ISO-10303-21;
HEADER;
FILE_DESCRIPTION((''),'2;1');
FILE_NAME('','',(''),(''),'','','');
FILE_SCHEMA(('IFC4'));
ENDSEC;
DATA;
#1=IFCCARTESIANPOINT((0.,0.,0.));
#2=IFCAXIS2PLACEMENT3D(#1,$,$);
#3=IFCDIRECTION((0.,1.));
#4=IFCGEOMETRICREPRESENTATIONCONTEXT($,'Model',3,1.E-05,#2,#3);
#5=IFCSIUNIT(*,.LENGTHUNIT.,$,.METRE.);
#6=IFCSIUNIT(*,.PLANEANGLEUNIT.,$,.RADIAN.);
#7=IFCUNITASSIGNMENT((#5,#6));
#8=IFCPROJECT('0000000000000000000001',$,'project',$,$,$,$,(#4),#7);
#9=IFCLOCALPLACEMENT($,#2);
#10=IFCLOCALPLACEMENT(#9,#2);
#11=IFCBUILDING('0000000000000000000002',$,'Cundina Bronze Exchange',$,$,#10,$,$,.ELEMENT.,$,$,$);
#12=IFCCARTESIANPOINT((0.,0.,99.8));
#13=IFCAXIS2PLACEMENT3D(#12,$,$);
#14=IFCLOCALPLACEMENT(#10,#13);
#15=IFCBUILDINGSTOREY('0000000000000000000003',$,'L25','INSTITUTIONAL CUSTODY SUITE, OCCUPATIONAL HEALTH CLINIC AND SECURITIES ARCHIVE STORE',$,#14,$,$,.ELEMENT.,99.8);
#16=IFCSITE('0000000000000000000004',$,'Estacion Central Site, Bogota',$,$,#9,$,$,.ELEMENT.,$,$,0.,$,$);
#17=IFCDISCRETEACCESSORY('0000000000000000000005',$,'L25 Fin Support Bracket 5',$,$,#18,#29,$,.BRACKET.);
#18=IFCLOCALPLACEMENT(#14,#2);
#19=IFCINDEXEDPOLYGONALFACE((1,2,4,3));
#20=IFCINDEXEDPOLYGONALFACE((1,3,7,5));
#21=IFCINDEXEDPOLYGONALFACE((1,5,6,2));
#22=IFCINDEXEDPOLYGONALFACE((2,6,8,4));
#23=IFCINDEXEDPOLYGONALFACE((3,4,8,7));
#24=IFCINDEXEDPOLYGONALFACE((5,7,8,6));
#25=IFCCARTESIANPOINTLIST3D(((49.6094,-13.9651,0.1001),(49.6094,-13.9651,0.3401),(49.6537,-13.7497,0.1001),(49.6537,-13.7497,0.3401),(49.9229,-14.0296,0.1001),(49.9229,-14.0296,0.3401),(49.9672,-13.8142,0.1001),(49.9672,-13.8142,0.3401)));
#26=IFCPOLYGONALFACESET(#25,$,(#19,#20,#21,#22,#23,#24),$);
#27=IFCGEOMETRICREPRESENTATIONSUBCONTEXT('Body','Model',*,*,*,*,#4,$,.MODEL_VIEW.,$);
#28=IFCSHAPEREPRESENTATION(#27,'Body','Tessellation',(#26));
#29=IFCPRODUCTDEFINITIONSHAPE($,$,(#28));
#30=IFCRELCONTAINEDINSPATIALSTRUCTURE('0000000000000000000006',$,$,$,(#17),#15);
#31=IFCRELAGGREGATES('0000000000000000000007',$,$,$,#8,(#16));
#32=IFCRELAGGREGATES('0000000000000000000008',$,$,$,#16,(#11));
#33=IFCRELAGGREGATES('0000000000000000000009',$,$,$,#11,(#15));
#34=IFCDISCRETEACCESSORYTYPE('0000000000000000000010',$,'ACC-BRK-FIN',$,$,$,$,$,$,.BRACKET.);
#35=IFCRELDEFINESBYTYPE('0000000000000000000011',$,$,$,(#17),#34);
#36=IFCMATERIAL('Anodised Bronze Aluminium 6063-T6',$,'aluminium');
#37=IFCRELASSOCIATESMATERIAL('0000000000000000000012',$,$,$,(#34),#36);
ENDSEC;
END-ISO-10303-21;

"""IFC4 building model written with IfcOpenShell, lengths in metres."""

from ifc_helpers import new_model, si_unit, direction, frame, origin, origin_2d, place, context, subcontext, project, spatial, rectangle, extrude, material, type_object, element, save


model = new_model("IFC4")

# Units and contexts
model_context = context("Model", 3, precision=1e-05, world=origin(), true_north=direction((0.0, 1.0)))
body_context = subcontext(model_context, "Body", "Model", "MODEL_VIEW")
ifc_project = project(units=[si_unit("LENGTHUNIT", "METRE"), si_unit("PLANEANGLEUNIT", "RADIAN")], contexts=[model_context])

# Site, building, storey
site_placement = place(None, origin())
site = spatial("IfcSite", under=ifc_project, at=site_placement, Name="Estacion Central Site, Bogota", CompositionType="ELEMENT", RefElevation=0.0)
building_placement = place(site_placement, origin())
building = spatial("IfcBuilding", under=site, at=building_placement, Name="Cundina Bronze Exchange", CompositionType="ELEMENT")
storey_placement = place(building_placement, frame((0.0, 0.0, 99.8)))
storey = spatial("IfcBuildingStorey", under=building, at=storey_placement, Name="L25", Description="INSTITUTIONAL CUSTODY SUITE, OCCUPATIONAL HEALTH CLINIC AND SECURITIES ARCHIVE STORE", CompositionType="ELEMENT", Elevation=99.8)

# Shared definitions
ifc_material_1 = material(Name="Anodised Bronze Aluminium 6063-T6", Category="aluminium")

# Discrete accessory
discrete_accessory_type = type_object("IfcDiscreteAccessoryType", Name="ACC-BRK-FIN", PredefinedType="BRACKET", material=ifc_material_1)
for number, where, z_axis, x_axis, name in (
    (1, (49.7883, -13.8896, 0.1001), (0.0, 0.0, 1.0), (0.20142, 0.979505, 0.0), "L25 Fin Support Bracket 5"),
):
    element("IfcDiscreteAccessory", number, at=place(storey_placement, frame(where, z_axis=z_axis, x_axis=x_axis)), inside=storey, type_object=discrete_accessory_type, Name=name, PredefinedType="BRACKET", context=body_context, shape_type="SweptSolid", body=[
        extrude(rectangle(XDim=0.22, YDim=0.3201, at=origin_2d()), origin(), (0.0, 0.0, 1.0), 0.24),
    ])

save(model, "model.ifc")
